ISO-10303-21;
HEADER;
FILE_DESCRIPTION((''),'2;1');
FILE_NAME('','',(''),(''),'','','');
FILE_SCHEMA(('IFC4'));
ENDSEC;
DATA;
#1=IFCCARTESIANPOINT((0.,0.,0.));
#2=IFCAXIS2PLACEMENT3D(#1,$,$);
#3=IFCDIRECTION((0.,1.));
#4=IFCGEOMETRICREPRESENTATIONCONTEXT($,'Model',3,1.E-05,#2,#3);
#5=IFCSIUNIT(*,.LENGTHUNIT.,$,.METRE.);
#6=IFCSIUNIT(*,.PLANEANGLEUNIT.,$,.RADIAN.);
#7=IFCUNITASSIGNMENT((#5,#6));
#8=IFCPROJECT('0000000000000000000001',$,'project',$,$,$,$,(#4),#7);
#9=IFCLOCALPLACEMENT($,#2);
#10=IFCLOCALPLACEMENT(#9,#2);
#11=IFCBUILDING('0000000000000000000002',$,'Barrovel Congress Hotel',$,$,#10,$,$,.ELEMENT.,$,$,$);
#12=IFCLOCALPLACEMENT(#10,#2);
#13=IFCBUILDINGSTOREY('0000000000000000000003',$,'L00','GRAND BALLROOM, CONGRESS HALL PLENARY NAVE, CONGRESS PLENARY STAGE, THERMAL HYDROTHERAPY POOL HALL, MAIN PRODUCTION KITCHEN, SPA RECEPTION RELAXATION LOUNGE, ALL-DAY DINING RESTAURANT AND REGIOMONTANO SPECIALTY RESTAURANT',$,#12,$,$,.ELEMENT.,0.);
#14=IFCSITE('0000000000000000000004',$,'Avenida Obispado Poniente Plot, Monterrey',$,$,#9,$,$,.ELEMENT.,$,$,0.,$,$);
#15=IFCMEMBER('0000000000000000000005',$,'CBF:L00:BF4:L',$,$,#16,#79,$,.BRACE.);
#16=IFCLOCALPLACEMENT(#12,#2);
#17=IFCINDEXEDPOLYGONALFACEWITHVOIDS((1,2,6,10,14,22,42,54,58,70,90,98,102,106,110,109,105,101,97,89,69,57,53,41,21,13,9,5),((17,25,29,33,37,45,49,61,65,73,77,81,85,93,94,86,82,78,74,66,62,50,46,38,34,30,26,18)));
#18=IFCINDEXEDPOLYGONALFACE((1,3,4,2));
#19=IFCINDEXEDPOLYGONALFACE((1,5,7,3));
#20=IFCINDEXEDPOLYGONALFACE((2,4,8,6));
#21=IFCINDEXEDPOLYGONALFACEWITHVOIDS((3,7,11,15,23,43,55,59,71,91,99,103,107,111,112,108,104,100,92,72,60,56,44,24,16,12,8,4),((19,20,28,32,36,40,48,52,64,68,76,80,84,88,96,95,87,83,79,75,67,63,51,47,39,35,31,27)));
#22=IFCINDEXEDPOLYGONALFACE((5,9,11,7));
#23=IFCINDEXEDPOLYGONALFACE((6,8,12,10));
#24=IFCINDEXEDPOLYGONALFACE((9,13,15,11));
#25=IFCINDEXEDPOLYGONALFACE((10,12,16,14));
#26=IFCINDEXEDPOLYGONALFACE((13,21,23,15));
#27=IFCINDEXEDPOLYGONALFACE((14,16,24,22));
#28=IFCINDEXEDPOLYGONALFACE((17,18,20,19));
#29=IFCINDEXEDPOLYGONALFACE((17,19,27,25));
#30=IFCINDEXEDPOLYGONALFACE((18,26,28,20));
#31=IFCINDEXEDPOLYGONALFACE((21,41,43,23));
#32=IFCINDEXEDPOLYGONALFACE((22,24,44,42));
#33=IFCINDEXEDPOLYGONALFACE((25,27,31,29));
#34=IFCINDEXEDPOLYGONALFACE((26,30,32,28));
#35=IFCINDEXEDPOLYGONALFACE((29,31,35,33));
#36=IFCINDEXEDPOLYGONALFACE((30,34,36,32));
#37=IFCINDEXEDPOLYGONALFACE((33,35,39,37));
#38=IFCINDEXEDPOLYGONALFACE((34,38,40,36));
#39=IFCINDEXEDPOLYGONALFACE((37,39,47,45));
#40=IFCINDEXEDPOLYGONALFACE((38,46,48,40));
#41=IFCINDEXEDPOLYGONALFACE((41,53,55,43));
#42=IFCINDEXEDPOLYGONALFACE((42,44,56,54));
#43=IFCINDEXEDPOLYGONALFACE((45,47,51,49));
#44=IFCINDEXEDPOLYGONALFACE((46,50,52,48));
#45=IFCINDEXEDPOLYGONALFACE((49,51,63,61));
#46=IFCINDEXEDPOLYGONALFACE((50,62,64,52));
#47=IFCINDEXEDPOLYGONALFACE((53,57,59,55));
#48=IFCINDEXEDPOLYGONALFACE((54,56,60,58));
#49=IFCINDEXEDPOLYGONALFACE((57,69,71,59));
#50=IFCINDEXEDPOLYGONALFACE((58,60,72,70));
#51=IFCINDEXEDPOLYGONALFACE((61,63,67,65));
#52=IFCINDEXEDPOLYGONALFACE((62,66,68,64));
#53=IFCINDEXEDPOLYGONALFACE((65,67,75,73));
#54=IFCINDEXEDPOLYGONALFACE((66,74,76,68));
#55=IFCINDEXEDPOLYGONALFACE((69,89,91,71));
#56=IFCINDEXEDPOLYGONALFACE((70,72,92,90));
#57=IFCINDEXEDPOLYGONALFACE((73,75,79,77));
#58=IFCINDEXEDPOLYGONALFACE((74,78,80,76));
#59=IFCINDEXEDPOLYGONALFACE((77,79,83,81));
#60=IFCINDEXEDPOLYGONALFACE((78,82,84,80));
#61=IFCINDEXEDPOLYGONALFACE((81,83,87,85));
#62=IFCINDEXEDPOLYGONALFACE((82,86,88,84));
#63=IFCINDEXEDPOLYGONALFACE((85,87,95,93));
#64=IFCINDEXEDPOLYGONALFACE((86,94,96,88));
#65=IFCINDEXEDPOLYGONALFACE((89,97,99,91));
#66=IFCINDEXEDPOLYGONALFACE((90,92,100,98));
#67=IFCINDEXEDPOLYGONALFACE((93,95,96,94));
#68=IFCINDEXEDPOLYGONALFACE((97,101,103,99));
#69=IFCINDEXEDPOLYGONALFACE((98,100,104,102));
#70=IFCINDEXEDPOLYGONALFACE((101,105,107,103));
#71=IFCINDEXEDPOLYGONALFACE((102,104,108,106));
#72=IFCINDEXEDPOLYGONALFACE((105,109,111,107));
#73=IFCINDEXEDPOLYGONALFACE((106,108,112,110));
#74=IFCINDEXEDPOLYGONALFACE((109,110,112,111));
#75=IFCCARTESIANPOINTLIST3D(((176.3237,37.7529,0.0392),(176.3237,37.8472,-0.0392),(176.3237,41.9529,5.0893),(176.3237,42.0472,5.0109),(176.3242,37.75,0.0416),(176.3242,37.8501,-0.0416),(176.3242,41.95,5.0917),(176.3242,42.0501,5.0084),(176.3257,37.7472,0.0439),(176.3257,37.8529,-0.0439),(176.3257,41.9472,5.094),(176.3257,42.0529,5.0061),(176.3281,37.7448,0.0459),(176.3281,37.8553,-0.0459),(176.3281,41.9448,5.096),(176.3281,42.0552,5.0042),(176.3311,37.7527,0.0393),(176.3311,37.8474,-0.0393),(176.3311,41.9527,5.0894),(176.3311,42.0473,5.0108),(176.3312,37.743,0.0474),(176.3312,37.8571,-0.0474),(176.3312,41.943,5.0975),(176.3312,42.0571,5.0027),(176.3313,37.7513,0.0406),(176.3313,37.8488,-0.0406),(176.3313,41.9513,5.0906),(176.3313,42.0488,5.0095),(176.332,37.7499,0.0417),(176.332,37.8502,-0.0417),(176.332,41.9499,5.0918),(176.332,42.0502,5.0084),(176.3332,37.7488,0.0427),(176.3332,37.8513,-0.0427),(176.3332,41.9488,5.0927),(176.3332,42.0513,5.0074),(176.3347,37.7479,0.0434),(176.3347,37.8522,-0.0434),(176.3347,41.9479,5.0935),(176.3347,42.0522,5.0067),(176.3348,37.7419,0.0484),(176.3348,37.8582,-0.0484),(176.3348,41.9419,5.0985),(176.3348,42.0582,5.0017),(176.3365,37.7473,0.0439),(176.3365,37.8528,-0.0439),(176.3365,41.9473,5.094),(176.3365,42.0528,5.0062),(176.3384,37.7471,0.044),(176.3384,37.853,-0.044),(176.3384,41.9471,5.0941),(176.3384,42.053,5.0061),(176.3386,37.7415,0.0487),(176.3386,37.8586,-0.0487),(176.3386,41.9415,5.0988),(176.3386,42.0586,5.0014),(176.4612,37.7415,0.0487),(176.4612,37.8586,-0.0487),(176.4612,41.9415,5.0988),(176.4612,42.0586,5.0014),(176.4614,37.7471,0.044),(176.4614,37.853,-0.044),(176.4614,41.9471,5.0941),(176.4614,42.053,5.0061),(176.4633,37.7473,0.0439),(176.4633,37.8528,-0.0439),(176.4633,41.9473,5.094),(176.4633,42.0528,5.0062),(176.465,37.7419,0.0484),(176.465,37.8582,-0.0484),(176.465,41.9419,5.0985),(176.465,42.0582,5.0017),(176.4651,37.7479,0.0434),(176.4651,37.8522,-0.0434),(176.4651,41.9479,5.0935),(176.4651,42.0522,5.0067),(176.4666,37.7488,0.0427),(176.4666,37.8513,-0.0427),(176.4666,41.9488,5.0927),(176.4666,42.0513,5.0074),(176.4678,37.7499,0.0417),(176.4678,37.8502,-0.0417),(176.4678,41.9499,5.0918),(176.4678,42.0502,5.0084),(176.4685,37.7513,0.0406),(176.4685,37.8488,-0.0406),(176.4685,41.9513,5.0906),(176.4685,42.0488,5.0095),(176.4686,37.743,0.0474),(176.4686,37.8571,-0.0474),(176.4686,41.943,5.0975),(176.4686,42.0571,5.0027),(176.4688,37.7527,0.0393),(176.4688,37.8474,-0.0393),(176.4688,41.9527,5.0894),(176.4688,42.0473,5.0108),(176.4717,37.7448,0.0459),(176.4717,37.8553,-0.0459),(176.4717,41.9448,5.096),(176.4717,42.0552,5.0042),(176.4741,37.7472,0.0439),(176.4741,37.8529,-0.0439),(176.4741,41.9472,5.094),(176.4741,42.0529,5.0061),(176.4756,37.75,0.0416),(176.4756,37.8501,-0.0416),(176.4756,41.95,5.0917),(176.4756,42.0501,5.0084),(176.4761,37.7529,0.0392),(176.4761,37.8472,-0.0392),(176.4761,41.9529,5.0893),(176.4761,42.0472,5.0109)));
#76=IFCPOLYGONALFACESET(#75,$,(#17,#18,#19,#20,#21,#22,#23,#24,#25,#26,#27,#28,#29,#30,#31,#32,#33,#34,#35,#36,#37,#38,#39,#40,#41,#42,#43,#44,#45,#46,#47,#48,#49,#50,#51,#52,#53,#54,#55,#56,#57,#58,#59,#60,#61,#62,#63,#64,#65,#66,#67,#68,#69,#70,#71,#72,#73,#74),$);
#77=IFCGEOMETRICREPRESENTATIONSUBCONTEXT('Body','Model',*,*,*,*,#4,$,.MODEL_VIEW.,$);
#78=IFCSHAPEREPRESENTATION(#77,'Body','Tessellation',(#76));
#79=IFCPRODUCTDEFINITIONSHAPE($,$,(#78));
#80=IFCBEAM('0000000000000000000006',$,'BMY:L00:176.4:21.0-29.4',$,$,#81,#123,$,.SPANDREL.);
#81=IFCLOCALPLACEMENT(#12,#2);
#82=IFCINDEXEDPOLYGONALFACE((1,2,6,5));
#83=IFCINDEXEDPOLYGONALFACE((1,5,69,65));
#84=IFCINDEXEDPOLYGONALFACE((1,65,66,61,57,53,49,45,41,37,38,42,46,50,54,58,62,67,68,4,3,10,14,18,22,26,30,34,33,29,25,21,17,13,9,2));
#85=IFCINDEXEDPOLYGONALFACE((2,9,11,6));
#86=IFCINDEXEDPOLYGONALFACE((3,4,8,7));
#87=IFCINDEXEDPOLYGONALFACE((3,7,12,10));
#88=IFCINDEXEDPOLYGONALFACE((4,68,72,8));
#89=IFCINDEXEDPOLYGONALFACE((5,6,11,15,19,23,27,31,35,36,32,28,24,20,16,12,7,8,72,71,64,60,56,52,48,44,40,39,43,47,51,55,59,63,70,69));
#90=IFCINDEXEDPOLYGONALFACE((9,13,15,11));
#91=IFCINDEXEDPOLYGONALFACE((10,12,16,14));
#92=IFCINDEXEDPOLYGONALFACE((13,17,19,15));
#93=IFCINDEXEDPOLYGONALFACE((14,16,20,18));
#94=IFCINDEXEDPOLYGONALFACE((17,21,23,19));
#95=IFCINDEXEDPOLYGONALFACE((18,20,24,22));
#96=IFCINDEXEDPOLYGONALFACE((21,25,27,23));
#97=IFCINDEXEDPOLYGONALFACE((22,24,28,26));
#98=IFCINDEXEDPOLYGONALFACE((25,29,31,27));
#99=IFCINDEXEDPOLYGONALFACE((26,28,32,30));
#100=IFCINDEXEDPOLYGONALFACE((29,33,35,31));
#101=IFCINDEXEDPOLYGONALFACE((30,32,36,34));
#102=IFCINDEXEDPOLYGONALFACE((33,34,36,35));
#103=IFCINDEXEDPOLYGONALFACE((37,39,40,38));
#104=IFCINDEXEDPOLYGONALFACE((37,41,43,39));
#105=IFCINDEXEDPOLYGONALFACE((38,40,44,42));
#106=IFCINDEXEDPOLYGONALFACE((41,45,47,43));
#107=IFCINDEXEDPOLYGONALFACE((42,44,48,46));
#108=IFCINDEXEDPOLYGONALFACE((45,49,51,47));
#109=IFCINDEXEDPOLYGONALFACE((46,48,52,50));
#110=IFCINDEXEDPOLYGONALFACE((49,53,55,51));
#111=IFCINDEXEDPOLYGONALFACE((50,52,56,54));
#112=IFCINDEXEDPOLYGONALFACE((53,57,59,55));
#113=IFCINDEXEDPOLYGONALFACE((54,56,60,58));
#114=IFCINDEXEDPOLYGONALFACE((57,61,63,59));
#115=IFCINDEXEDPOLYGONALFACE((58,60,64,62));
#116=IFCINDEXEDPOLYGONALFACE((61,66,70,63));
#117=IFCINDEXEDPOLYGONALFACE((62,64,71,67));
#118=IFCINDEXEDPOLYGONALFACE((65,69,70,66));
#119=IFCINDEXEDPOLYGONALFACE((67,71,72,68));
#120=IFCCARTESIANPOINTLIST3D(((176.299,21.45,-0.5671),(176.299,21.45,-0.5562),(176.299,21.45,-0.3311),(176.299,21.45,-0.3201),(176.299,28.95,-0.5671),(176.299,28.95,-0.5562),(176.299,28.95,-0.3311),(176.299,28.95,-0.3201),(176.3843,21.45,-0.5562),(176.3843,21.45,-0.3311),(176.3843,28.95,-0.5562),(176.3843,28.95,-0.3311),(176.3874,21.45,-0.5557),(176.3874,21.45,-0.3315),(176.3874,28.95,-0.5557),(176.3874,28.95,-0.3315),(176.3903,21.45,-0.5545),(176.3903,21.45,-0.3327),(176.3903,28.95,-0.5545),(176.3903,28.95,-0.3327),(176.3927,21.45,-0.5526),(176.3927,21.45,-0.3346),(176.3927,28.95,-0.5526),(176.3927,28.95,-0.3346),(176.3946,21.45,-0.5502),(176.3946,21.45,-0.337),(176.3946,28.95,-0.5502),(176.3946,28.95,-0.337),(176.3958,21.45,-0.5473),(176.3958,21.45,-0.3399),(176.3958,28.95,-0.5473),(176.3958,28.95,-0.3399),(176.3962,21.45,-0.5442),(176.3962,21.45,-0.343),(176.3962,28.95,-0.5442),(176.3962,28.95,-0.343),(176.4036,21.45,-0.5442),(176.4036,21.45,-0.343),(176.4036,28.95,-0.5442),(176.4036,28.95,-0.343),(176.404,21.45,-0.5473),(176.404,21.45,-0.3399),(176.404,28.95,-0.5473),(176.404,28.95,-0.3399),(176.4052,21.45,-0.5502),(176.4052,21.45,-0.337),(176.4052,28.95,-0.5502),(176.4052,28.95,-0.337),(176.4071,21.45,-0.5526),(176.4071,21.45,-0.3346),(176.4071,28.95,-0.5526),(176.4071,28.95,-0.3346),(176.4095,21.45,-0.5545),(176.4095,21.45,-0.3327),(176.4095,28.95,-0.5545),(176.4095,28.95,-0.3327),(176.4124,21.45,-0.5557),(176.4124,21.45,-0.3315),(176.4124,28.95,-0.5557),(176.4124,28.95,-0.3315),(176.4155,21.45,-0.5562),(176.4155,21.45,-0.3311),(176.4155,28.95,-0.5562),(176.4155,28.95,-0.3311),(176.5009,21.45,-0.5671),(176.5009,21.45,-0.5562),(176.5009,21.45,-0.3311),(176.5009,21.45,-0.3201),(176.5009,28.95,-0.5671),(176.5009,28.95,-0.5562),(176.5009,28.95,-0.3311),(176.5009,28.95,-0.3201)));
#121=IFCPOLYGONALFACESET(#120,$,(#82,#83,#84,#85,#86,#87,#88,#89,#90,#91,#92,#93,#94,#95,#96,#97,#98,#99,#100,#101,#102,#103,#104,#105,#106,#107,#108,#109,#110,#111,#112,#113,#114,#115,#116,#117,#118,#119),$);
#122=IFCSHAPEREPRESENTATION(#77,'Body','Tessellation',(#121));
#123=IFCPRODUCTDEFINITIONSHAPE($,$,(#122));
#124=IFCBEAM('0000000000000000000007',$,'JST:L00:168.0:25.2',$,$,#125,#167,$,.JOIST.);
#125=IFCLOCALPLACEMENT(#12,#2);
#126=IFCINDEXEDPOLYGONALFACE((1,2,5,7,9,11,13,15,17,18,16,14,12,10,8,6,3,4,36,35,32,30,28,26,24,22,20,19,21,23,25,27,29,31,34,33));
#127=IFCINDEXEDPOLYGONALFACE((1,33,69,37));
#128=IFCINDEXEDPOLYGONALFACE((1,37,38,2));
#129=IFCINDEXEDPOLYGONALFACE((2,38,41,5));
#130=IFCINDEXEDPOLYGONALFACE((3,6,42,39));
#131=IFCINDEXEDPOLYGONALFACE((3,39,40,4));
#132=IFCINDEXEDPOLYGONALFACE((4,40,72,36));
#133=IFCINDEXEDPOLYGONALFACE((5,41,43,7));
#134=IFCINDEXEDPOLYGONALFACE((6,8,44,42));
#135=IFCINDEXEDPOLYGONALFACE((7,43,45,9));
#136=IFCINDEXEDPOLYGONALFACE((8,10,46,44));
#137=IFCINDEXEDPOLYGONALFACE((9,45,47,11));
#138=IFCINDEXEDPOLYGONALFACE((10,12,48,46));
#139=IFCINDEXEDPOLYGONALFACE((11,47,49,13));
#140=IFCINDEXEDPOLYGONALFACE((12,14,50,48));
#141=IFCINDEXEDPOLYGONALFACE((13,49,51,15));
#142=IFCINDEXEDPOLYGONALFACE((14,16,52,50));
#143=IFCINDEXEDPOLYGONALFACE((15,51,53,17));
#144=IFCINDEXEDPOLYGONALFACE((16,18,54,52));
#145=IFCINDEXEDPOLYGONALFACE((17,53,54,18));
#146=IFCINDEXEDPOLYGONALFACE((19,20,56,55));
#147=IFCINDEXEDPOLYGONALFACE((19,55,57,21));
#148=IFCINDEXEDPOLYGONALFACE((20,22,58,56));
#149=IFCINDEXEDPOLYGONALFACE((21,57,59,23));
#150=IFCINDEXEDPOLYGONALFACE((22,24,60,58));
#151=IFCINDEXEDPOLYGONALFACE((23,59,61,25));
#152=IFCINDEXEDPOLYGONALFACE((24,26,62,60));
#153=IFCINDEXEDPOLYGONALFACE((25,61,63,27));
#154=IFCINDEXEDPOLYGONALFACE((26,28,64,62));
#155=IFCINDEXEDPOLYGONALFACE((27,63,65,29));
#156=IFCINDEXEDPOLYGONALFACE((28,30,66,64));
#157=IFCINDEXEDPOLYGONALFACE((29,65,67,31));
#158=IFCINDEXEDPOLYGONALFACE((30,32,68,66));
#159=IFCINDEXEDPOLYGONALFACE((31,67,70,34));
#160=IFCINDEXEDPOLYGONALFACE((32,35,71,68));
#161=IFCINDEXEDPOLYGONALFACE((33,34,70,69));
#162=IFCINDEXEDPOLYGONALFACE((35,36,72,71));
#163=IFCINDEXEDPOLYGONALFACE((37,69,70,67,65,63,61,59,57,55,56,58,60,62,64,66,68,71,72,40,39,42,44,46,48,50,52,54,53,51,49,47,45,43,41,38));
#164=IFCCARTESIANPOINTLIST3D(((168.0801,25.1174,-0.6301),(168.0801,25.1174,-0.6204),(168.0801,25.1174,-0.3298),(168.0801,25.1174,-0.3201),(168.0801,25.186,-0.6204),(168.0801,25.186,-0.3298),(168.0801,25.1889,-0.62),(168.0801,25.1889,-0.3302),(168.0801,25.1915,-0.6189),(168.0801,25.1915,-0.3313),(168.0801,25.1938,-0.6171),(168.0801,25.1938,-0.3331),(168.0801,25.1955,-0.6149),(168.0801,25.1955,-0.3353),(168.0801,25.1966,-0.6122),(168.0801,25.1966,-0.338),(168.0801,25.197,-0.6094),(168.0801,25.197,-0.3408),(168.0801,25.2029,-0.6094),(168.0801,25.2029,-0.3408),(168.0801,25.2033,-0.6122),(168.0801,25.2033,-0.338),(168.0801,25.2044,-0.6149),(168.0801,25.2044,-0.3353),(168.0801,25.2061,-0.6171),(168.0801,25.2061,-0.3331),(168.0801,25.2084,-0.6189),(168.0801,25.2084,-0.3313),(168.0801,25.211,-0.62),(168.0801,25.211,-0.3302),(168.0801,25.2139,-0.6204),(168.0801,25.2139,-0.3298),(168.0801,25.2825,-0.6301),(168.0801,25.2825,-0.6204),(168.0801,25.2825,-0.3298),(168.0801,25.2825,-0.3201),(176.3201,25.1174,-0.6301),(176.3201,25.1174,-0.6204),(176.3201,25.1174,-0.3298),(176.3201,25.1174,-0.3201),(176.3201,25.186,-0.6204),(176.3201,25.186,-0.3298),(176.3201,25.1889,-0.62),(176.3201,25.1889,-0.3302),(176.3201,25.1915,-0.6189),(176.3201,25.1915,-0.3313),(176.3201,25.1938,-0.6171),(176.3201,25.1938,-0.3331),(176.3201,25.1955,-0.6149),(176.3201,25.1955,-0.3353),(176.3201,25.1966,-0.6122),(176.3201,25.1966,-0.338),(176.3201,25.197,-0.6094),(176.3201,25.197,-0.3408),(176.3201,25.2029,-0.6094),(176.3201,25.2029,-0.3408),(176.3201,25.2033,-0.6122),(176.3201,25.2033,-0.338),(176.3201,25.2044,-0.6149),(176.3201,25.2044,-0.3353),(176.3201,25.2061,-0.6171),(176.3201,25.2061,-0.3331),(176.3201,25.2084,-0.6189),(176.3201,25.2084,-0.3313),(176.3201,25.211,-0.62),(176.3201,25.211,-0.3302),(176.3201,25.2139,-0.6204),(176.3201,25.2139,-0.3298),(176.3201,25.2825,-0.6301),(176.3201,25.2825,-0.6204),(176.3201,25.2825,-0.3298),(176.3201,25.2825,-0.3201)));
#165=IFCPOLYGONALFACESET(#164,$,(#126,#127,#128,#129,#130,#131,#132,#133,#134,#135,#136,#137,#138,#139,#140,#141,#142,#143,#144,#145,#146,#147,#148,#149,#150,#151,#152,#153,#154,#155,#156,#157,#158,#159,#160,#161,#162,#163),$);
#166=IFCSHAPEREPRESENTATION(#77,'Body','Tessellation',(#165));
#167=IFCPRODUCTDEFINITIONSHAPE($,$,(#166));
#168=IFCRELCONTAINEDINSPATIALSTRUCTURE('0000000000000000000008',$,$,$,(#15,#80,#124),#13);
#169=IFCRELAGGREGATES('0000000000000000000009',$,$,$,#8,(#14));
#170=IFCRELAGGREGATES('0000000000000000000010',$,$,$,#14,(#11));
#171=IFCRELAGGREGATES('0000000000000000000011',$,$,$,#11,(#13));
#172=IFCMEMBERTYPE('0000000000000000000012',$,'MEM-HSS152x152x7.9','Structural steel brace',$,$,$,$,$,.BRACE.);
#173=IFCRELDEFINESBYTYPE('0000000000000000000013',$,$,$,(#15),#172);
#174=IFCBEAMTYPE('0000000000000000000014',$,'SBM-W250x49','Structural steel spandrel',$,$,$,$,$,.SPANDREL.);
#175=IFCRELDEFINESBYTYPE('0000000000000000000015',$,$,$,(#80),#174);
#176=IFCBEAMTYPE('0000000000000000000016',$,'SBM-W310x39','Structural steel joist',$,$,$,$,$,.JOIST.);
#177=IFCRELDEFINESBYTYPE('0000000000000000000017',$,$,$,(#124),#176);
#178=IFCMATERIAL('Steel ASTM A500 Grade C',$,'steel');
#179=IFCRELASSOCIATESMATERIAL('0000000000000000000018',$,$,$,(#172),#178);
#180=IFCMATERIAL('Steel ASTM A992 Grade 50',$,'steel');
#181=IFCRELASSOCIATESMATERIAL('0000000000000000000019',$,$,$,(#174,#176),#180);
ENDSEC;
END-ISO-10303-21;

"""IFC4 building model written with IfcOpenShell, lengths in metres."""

from ifc_helpers import new_model, si_unit, direction, frame, origin, origin_2d, place, context, subcontext, project, spatial, hollow_rectangle, i_section, extrude, material, material_profile, profile_set, type_object, element, save


model = new_model("IFC4")

# Units and contexts
model_context = context("Model", 3, precision=1e-05, world=origin(), true_north=direction((0.0, 1.0)))
body_context = subcontext(model_context, "Body", "Model", "MODEL_VIEW")
ifc_project = project(units=[si_unit("LENGTHUNIT", "METRE"), si_unit("PLANEANGLEUNIT", "RADIAN")], contexts=[model_context])

# Site, building, storey
site_placement = place(None, origin())
site = spatial("IfcSite", under=ifc_project, at=site_placement, Name="Avenida Obispado Poniente Plot, Monterrey", CompositionType="ELEMENT", RefElevation=0.0)
building_placement = place(site_placement, origin())
building = spatial("IfcBuilding", under=site, at=building_placement, Name="Barrovel Congress Hotel", CompositionType="ELEMENT")
storey_placement = place(building_placement, origin())
storey = spatial("IfcBuildingStorey", under=building, at=storey_placement, Name="L00", Description="GRAND BALLROOM, CONGRESS HALL PLENARY NAVE, CONGRESS PLENARY STAGE, THERMAL HYDROTHERAPY POOL HALL, MAIN PRODUCTION KITCHEN, SPA RECEPTION RELAXATION LOUNGE, ALL-DAY DINING RESTAURANT AND REGIOMONTANO SPECIALTY RESTAURANT", CompositionType="ELEMENT", Elevation=0.0)

# Member
ifc_material_1 = material(Name="Steel ASTM A500 Grade C", Category="steel")
ifc_material_profile_1 = material_profile(ifc_material_1, hollow_rectangle(XDim=0.1523, YDim=0.1523, WallThickness=0.0073, InnerFilletRadius=0.0073, OuterFilletRadius=0.0149, at=origin_2d()), Name="HSS152x152x7.9")
ifc_profile_set_1 = profile_set([ifc_material_profile_1], Name="Steel ASTM A500 Grade C")
member_type = type_object("IfcMemberType", Name="MEM-HSS152x152x7.9", Description="Structural steel brace", PredefinedType="BRACE", material=ifc_profile_set_1)
member_placement = place(storey_placement, frame((176.3999, 37.8, 0.0), z_axis=(0.0, 0.639427, 0.768852), x_axis=(-1.0, 0.0, 0.0)))
element("IfcMember", 1, at=member_placement, inside=storey, type_object=member_type, Name="CBF:L00:BF4:L", PredefinedType="BRACE", context=body_context, shape_type="SweptSolid", body=[
    extrude(hollow_rectangle(XDim=0.1523, YDim=0.1523, WallThickness=0.0073, InnerFilletRadius=0.0073, OuterFilletRadius=0.0149, at=origin_2d()), origin(), (0.0, 0.0, 1.0), 6.5684),
])

# Beams
ifc_material_2 = material(Name="Steel ASTM A992 Grade 50", Category="steel")
ifc_material_profile_2 = material_profile(ifc_material_2, i_section(OverallWidth=0.2019, OverallDepth=0.2471, WebThickness=0.0073, FlangeThickness=0.011, FilletRadius=0.012, at=origin_2d()), Name="W250x49")
ifc_profile_set_2 = profile_set([ifc_material_profile_2], Name="Steel ASTM A992 Grade 50")
beam_type_1 = type_object("IfcBeamType", Name="SBM-W250x49", Description="Structural steel spandrel", PredefinedType="SPANDREL", material=ifc_profile_set_2)
beam_1_placement = place(storey_placement, frame((176.3999, 21.45, -0.4436), z_axis=(0.0, 1.0, 0.0), x_axis=(-1.0, 0.0, 0.0)))
element("IfcBeam", 2, at=beam_1_placement, inside=storey, type_object=beam_type_1, Name="BMY:L00:176.4:21.0-29.4", PredefinedType="SPANDREL", context=body_context, shape_type="SweptSolid", body=[
    extrude(i_section(OverallWidth=0.2019, OverallDepth=0.2471, WebThickness=0.0073, FlangeThickness=0.011, FilletRadius=0.012, at=origin_2d()), origin(), (0.0, 0.0, 1.0), 7.5),
])
ifc_material_profile_3 = material_profile(ifc_material_2, i_section(OverallWidth=0.165, OverallDepth=0.3101, WebThickness=0.0059, FlangeThickness=0.0098, FilletRadius=0.011, at=origin_2d()), Name="W310x39")
ifc_profile_set_3 = profile_set([ifc_material_profile_3], Name="Steel ASTM A992 Grade 50")
beam_type_2 = type_object("IfcBeamType", Name="SBM-W310x39", Description="Structural steel joist", PredefinedType="JOIST", material=ifc_profile_set_3)
beam_2_placement = place(storey_placement, frame((168.0801, 25.2, -0.4751), z_axis=(1.0, 0.0, 0.0), x_axis=(0.0, 1.0, 0.0)))
element("IfcBeam", 3, at=beam_2_placement, inside=storey, type_object=beam_type_2, Name="JST:L00:168.0:25.2", PredefinedType="JOIST", context=body_context, shape_type="SweptSolid", body=[
    extrude(i_section(OverallWidth=0.165, OverallDepth=0.3101, WebThickness=0.0059, FlangeThickness=0.0098, FilletRadius=0.011, at=origin_2d()), origin(), (0.0, 0.0, 1.0), 8.24),
])

save(model, "model.ifc")
